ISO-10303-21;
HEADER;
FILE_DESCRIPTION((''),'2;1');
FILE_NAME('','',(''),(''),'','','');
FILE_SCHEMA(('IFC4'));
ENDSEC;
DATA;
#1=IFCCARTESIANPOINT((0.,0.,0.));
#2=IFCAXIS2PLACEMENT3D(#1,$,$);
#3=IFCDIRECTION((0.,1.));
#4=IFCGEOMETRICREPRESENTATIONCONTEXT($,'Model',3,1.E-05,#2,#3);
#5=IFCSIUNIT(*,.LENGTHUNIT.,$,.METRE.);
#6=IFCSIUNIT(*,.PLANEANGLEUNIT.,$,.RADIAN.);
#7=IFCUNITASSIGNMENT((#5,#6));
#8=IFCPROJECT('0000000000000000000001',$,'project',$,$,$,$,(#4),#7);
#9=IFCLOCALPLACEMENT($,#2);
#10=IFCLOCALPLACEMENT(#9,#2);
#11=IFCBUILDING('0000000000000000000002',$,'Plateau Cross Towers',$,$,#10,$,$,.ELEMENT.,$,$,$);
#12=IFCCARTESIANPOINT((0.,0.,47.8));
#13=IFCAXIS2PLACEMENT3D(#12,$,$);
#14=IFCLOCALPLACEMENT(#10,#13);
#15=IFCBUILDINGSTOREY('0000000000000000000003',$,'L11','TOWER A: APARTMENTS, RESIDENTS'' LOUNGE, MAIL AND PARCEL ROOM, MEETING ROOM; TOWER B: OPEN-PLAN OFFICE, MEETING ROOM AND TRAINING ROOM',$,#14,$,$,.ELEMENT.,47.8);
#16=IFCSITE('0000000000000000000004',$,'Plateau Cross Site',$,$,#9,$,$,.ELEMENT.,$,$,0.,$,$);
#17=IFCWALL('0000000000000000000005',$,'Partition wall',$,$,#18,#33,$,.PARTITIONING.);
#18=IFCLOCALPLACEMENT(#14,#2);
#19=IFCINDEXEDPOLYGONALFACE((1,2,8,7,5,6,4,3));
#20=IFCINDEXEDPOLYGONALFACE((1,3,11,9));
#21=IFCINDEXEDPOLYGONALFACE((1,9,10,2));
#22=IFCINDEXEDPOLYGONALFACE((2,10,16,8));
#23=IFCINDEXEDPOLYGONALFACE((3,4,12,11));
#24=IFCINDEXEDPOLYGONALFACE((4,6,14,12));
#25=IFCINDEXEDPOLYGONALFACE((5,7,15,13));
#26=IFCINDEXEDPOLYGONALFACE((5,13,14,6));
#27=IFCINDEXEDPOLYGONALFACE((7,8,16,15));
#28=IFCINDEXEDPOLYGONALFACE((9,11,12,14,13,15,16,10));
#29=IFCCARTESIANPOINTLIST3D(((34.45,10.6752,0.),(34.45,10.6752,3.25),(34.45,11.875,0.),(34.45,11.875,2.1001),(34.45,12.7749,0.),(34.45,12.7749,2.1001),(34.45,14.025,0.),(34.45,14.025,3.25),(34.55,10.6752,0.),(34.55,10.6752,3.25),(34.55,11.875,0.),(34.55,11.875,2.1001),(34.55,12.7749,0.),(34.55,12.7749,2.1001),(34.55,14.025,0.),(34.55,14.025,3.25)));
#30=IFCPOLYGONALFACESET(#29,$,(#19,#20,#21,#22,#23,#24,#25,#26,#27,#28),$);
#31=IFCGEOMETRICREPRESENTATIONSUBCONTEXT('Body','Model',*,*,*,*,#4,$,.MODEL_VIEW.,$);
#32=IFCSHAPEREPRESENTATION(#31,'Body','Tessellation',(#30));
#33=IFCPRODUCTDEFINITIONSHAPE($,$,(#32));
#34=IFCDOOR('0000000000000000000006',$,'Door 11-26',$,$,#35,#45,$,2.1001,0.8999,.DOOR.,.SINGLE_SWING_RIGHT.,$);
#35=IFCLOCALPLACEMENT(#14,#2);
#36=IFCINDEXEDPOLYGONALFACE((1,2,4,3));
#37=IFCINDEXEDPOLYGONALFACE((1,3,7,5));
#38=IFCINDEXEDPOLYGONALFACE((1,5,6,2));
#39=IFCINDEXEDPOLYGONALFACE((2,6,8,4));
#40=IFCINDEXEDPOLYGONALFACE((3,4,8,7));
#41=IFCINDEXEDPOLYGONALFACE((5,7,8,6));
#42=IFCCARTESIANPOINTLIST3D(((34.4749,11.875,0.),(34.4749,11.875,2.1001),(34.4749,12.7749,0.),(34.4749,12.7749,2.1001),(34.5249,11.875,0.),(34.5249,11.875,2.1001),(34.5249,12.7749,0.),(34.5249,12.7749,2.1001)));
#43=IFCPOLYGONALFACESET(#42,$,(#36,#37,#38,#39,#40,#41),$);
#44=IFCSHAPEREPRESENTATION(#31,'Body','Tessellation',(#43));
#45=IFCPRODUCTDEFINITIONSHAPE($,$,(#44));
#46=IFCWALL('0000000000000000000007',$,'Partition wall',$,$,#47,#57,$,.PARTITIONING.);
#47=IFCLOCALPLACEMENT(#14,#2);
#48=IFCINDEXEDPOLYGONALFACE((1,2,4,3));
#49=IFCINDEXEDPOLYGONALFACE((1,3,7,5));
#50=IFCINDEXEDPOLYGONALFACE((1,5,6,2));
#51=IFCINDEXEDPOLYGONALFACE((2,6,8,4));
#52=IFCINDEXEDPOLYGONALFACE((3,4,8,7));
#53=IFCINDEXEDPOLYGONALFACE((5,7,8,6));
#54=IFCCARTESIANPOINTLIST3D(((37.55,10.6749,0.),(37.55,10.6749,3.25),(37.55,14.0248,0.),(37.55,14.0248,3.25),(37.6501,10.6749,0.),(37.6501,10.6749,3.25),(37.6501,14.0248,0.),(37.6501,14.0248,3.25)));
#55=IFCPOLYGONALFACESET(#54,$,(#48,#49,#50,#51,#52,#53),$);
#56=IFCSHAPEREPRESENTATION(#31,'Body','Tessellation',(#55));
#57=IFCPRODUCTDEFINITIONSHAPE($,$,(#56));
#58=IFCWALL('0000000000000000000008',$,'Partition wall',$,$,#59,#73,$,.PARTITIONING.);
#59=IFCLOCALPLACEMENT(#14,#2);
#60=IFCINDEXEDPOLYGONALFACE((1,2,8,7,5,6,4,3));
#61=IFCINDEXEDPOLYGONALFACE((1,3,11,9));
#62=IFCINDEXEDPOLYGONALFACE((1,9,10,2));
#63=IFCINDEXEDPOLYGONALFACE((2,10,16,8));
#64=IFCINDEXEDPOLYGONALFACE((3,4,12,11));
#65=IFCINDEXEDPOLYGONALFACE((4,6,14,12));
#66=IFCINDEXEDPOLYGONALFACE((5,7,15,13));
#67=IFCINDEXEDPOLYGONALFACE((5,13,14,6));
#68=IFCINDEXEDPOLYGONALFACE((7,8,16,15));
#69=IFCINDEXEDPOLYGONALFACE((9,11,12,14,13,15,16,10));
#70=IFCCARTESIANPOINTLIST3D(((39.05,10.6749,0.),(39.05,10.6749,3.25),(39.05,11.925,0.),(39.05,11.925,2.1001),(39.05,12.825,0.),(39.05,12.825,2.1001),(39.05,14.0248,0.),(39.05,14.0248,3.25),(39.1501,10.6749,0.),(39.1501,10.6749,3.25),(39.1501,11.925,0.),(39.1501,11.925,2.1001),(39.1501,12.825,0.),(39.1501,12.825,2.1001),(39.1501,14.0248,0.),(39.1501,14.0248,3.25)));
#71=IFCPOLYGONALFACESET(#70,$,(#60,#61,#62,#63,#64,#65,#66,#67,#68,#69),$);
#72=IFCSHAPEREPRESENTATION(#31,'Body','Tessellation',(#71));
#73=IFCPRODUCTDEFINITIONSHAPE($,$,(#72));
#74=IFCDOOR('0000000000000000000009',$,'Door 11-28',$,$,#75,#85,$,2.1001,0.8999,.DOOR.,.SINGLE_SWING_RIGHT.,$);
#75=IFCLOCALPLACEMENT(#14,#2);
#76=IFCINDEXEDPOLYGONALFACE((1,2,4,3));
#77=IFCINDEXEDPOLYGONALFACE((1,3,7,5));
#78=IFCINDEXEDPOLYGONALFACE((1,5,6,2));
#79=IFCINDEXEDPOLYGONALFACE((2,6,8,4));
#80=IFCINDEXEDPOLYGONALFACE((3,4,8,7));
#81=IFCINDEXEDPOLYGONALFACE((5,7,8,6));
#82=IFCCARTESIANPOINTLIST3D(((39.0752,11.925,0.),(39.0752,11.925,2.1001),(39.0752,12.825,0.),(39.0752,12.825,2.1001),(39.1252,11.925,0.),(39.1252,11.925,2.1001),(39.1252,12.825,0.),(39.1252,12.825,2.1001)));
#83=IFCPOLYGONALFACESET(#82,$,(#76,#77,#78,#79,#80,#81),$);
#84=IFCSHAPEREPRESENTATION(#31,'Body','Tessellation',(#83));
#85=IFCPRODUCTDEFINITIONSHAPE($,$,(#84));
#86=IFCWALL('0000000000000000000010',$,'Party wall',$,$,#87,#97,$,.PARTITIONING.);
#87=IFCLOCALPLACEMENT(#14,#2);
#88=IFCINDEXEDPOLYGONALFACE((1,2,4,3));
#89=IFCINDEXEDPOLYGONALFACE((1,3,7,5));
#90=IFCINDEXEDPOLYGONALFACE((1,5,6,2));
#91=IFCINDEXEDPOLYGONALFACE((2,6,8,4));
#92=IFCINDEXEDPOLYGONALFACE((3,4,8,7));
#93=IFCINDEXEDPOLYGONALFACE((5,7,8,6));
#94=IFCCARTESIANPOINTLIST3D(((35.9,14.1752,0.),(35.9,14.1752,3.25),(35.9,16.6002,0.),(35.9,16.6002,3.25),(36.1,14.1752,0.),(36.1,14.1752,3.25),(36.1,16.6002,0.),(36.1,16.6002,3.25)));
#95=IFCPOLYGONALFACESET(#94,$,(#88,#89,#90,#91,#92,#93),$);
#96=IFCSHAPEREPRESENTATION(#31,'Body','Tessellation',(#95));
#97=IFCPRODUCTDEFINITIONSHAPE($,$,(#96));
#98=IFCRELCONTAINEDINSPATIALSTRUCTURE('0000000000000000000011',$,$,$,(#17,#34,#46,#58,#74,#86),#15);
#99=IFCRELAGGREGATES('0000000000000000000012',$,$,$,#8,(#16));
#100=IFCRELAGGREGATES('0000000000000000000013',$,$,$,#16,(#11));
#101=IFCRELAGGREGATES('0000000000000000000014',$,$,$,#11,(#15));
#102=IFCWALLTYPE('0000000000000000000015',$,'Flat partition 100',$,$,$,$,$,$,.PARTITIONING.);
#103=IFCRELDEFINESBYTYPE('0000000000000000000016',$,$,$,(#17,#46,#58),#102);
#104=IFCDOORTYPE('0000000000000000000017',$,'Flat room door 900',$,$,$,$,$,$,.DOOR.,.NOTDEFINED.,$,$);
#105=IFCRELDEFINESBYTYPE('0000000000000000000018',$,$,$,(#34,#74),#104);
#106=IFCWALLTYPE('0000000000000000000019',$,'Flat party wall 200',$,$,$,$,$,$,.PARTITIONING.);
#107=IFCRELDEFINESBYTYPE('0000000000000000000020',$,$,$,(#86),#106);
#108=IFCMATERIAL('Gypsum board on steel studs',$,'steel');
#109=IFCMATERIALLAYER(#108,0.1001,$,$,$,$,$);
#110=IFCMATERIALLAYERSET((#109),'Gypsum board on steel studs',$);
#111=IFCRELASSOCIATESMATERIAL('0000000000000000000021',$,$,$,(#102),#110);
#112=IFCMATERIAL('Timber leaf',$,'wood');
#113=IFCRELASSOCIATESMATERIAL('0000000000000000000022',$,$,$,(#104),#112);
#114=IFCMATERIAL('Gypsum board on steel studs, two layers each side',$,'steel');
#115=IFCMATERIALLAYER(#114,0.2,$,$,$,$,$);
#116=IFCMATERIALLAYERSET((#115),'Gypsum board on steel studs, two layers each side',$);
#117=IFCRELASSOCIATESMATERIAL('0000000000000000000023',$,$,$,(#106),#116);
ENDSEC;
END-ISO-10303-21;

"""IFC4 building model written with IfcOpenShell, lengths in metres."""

from ifc_helpers import new_model, si_unit, direction, frame, frame_2d, origin, place, context, subcontext, project, spatial, rectangle, extrude, material, layer, layer_set, type_object, element, fill, save


model = new_model("IFC4")

# Units and contexts
model_context = context("Model", 3, precision=1e-05, world=origin(), true_north=direction((0.0, 1.0)))
body_context = subcontext(model_context, "Body", "Model", "MODEL_VIEW")
ifc_project = project(units=[si_unit("LENGTHUNIT", "METRE"), si_unit("PLANEANGLEUNIT", "RADIAN")], contexts=[model_context])

# Site, building, storey
site_placement = place(None, origin())
site = spatial("IfcSite", under=ifc_project, at=site_placement, Name="Plateau Cross Site", CompositionType="ELEMENT", RefElevation=0.0)
building_placement = place(site_placement, origin())
building = spatial("IfcBuilding", under=site, at=building_placement, Name="Plateau Cross Towers", CompositionType="ELEMENT")
storey_placement = place(building_placement, frame((0.0, 0.0, 47.8)))
storey = spatial("IfcBuildingStorey", under=building, at=storey_placement, Name="L11", Description="TOWER A: APARTMENTS, RESIDENTS' LOUNGE, MAIL AND PARCEL ROOM, MEETING ROOM; TOWER B: OPEN-PLAN OFFICE, MEETING ROOM AND TRAINING ROOM", CompositionType="ELEMENT", Elevation=47.8)

# Shared definitions
ifc_material_1 = material(Name="Gypsum board on steel studs", Category="steel")
ifc_layer_1 = layer(ifc_material_1, 0.1001)
ifc_layer_set_1 = layer_set([ifc_layer_1], Name="Gypsum board on steel studs")
wall_type_1 = type_object("IfcWallType", Name="Flat partition 100", PredefinedType="PARTITIONING", material=ifc_layer_set_1)

# Wall, opening, door
ifc_material_2 = material(Name="Timber leaf", Category="wood")
door_type = type_object("IfcDoorType", Name="Flat room door 900", OperationType="NOTDEFINED", PredefinedType="DOOR", material=ifc_material_2)
wall_1_placement = place(storey_placement, frame((34.5, 14.0249, 0.0), z_axis=(0.0, 0.0, 1.0), x_axis=(0.0, -1.0, 0.0)))
wall_1 = element("IfcWall", 1, at=wall_1_placement, inside=storey, type_object=wall_type_1, Name="Partition wall", PredefinedType="PARTITIONING", context=body_context, shape_type="SweptSolid", body=[
    extrude(rectangle(XDim=3.3499, YDim=0.1001, at=frame_2d((1.6748, 0.0))), origin(), (0.0, 0.0, 1.0), 3.25),
])
opening_1_placement = place(wall_1_placement, frame((1.25, 0.0, 0.0)))
opening_1 = element("IfcOpeningElement", 2, at=opening_1_placement, cuts=wall_1, PredefinedType="OPENING", context=body_context, shape_type="SweptSolid", body=[
    extrude(rectangle(XDim=0.8999, YDim=2.1001, at=frame_2d((0.45, 1.05))), frame((0.0, 0.0601, 0.0), z_axis=(0.0, -1.0, 0.0), x_axis=(1.0, 0.0, 0.0)), (0.0, 0.0, 1.0), 0.1201),
])
door_1_placement = place(opening_1_placement, origin())
door_1 = element("IfcDoor", 3, at=door_1_placement, inside=storey, type_object=door_type, Name="Door 11-26", OperationType="SINGLE_SWING_RIGHT", OverallHeight=2.1001, OverallWidth=0.8999, PredefinedType="DOOR", context=body_context, shape_type="SweptSolid", body=[
    extrude(rectangle(XDim=0.8999, YDim=2.1001, at=frame_2d((0.45, 1.05))), frame((0.0, 0.0249, 0.0), z_axis=(0.0, -1.0, 0.0), x_axis=(1.0, 0.0, 0.0)), (0.0, 0.0, 1.0), 0.05),
])
fill(opening_1, door_1)

# Wall
wall_2_placement = place(storey_placement, frame((37.6001, 10.675, 0.0), z_axis=(0.0, 0.0, 1.0), x_axis=(0.0, 1.0, 0.0)))
element("IfcWall", 4, at=wall_2_placement, inside=storey, type_object=wall_type_1, Name="Partition wall", PredefinedType="PARTITIONING", context=body_context, shape_type="SweptSolid", body=[
    extrude(rectangle(XDim=3.3499, YDim=0.1001, at=frame_2d((1.6748, 0.0))), origin(), (0.0, 0.0, 1.0), 3.25),
])

# Wall, opening, door
wall_3_placement = place(storey_placement, frame((39.1001, 10.675, 0.0), z_axis=(0.0, 0.0, 1.0), x_axis=(0.0, 1.0, 0.0)))
wall_3 = element("IfcWall", 5, at=wall_3_placement, inside=storey, type_object=wall_type_1, Name="Partition wall", PredefinedType="PARTITIONING", context=body_context, shape_type="SweptSolid", body=[
    extrude(rectangle(XDim=3.3499, YDim=0.1001, at=frame_2d((1.6748, 0.0))), origin(), (0.0, 0.0, 1.0), 3.25),
])
opening_2_placement = place(wall_3_placement, frame((1.25, 0.0, 0.0)))
opening_2 = element("IfcOpeningElement", 6, at=opening_2_placement, cuts=wall_3, PredefinedType="OPENING", context=body_context, shape_type="SweptSolid", body=[
    extrude(rectangle(XDim=0.8999, YDim=2.1001, at=frame_2d((0.45, 1.05))), frame((0.0, 0.0601, 0.0), z_axis=(0.0, -1.0, 0.0), x_axis=(1.0, 0.0, 0.0)), (0.0, 0.0, 1.0), 0.1201),
])
door_2_placement = place(opening_2_placement, origin())
door_2 = element("IfcDoor", 7, at=door_2_placement, inside=storey, type_object=door_type, Name="Door 11-28", OperationType="SINGLE_SWING_RIGHT", OverallHeight=2.1001, OverallWidth=0.8999, PredefinedType="DOOR", context=body_context, shape_type="SweptSolid", body=[
    extrude(rectangle(XDim=0.8999, YDim=2.1001, at=frame_2d((0.45, 1.05))), frame((0.0, 0.0249, 0.0), z_axis=(0.0, -1.0, 0.0), x_axis=(1.0, 0.0, 0.0)), (0.0, 0.0, 1.0), 0.05),
])
fill(opening_2, door_2)

# Wall
ifc_material_3 = material(Name="Gypsum board on steel studs, two layers each side", Category="steel")
ifc_layer_2 = layer(ifc_material_3, 0.2)
ifc_layer_set_2 = layer_set([ifc_layer_2], Name="Gypsum board on steel studs, two layers each side")
wall_type_2 = type_object("IfcWallType", Name="Flat party wall 200", PredefinedType="PARTITIONING", material=ifc_layer_set_2)
wall_4_placement = place(storey_placement, frame((36.0, 16.6001, 0.0), z_axis=(0.0, 0.0, 1.0), x_axis=(0.0, -1.0, 0.0)))
element("IfcWall", 8, at=wall_4_placement, inside=storey, type_object=wall_type_2, Name="Party wall", PredefinedType="PARTITIONING", context=body_context, shape_type="SweptSolid", body=[
    extrude(rectangle(XDim=2.425, YDim=0.2, at=frame_2d((1.2124, 0.0))), origin(), (0.0, 0.0, 1.0), 3.25),
])

save(model, "model.ifc")
